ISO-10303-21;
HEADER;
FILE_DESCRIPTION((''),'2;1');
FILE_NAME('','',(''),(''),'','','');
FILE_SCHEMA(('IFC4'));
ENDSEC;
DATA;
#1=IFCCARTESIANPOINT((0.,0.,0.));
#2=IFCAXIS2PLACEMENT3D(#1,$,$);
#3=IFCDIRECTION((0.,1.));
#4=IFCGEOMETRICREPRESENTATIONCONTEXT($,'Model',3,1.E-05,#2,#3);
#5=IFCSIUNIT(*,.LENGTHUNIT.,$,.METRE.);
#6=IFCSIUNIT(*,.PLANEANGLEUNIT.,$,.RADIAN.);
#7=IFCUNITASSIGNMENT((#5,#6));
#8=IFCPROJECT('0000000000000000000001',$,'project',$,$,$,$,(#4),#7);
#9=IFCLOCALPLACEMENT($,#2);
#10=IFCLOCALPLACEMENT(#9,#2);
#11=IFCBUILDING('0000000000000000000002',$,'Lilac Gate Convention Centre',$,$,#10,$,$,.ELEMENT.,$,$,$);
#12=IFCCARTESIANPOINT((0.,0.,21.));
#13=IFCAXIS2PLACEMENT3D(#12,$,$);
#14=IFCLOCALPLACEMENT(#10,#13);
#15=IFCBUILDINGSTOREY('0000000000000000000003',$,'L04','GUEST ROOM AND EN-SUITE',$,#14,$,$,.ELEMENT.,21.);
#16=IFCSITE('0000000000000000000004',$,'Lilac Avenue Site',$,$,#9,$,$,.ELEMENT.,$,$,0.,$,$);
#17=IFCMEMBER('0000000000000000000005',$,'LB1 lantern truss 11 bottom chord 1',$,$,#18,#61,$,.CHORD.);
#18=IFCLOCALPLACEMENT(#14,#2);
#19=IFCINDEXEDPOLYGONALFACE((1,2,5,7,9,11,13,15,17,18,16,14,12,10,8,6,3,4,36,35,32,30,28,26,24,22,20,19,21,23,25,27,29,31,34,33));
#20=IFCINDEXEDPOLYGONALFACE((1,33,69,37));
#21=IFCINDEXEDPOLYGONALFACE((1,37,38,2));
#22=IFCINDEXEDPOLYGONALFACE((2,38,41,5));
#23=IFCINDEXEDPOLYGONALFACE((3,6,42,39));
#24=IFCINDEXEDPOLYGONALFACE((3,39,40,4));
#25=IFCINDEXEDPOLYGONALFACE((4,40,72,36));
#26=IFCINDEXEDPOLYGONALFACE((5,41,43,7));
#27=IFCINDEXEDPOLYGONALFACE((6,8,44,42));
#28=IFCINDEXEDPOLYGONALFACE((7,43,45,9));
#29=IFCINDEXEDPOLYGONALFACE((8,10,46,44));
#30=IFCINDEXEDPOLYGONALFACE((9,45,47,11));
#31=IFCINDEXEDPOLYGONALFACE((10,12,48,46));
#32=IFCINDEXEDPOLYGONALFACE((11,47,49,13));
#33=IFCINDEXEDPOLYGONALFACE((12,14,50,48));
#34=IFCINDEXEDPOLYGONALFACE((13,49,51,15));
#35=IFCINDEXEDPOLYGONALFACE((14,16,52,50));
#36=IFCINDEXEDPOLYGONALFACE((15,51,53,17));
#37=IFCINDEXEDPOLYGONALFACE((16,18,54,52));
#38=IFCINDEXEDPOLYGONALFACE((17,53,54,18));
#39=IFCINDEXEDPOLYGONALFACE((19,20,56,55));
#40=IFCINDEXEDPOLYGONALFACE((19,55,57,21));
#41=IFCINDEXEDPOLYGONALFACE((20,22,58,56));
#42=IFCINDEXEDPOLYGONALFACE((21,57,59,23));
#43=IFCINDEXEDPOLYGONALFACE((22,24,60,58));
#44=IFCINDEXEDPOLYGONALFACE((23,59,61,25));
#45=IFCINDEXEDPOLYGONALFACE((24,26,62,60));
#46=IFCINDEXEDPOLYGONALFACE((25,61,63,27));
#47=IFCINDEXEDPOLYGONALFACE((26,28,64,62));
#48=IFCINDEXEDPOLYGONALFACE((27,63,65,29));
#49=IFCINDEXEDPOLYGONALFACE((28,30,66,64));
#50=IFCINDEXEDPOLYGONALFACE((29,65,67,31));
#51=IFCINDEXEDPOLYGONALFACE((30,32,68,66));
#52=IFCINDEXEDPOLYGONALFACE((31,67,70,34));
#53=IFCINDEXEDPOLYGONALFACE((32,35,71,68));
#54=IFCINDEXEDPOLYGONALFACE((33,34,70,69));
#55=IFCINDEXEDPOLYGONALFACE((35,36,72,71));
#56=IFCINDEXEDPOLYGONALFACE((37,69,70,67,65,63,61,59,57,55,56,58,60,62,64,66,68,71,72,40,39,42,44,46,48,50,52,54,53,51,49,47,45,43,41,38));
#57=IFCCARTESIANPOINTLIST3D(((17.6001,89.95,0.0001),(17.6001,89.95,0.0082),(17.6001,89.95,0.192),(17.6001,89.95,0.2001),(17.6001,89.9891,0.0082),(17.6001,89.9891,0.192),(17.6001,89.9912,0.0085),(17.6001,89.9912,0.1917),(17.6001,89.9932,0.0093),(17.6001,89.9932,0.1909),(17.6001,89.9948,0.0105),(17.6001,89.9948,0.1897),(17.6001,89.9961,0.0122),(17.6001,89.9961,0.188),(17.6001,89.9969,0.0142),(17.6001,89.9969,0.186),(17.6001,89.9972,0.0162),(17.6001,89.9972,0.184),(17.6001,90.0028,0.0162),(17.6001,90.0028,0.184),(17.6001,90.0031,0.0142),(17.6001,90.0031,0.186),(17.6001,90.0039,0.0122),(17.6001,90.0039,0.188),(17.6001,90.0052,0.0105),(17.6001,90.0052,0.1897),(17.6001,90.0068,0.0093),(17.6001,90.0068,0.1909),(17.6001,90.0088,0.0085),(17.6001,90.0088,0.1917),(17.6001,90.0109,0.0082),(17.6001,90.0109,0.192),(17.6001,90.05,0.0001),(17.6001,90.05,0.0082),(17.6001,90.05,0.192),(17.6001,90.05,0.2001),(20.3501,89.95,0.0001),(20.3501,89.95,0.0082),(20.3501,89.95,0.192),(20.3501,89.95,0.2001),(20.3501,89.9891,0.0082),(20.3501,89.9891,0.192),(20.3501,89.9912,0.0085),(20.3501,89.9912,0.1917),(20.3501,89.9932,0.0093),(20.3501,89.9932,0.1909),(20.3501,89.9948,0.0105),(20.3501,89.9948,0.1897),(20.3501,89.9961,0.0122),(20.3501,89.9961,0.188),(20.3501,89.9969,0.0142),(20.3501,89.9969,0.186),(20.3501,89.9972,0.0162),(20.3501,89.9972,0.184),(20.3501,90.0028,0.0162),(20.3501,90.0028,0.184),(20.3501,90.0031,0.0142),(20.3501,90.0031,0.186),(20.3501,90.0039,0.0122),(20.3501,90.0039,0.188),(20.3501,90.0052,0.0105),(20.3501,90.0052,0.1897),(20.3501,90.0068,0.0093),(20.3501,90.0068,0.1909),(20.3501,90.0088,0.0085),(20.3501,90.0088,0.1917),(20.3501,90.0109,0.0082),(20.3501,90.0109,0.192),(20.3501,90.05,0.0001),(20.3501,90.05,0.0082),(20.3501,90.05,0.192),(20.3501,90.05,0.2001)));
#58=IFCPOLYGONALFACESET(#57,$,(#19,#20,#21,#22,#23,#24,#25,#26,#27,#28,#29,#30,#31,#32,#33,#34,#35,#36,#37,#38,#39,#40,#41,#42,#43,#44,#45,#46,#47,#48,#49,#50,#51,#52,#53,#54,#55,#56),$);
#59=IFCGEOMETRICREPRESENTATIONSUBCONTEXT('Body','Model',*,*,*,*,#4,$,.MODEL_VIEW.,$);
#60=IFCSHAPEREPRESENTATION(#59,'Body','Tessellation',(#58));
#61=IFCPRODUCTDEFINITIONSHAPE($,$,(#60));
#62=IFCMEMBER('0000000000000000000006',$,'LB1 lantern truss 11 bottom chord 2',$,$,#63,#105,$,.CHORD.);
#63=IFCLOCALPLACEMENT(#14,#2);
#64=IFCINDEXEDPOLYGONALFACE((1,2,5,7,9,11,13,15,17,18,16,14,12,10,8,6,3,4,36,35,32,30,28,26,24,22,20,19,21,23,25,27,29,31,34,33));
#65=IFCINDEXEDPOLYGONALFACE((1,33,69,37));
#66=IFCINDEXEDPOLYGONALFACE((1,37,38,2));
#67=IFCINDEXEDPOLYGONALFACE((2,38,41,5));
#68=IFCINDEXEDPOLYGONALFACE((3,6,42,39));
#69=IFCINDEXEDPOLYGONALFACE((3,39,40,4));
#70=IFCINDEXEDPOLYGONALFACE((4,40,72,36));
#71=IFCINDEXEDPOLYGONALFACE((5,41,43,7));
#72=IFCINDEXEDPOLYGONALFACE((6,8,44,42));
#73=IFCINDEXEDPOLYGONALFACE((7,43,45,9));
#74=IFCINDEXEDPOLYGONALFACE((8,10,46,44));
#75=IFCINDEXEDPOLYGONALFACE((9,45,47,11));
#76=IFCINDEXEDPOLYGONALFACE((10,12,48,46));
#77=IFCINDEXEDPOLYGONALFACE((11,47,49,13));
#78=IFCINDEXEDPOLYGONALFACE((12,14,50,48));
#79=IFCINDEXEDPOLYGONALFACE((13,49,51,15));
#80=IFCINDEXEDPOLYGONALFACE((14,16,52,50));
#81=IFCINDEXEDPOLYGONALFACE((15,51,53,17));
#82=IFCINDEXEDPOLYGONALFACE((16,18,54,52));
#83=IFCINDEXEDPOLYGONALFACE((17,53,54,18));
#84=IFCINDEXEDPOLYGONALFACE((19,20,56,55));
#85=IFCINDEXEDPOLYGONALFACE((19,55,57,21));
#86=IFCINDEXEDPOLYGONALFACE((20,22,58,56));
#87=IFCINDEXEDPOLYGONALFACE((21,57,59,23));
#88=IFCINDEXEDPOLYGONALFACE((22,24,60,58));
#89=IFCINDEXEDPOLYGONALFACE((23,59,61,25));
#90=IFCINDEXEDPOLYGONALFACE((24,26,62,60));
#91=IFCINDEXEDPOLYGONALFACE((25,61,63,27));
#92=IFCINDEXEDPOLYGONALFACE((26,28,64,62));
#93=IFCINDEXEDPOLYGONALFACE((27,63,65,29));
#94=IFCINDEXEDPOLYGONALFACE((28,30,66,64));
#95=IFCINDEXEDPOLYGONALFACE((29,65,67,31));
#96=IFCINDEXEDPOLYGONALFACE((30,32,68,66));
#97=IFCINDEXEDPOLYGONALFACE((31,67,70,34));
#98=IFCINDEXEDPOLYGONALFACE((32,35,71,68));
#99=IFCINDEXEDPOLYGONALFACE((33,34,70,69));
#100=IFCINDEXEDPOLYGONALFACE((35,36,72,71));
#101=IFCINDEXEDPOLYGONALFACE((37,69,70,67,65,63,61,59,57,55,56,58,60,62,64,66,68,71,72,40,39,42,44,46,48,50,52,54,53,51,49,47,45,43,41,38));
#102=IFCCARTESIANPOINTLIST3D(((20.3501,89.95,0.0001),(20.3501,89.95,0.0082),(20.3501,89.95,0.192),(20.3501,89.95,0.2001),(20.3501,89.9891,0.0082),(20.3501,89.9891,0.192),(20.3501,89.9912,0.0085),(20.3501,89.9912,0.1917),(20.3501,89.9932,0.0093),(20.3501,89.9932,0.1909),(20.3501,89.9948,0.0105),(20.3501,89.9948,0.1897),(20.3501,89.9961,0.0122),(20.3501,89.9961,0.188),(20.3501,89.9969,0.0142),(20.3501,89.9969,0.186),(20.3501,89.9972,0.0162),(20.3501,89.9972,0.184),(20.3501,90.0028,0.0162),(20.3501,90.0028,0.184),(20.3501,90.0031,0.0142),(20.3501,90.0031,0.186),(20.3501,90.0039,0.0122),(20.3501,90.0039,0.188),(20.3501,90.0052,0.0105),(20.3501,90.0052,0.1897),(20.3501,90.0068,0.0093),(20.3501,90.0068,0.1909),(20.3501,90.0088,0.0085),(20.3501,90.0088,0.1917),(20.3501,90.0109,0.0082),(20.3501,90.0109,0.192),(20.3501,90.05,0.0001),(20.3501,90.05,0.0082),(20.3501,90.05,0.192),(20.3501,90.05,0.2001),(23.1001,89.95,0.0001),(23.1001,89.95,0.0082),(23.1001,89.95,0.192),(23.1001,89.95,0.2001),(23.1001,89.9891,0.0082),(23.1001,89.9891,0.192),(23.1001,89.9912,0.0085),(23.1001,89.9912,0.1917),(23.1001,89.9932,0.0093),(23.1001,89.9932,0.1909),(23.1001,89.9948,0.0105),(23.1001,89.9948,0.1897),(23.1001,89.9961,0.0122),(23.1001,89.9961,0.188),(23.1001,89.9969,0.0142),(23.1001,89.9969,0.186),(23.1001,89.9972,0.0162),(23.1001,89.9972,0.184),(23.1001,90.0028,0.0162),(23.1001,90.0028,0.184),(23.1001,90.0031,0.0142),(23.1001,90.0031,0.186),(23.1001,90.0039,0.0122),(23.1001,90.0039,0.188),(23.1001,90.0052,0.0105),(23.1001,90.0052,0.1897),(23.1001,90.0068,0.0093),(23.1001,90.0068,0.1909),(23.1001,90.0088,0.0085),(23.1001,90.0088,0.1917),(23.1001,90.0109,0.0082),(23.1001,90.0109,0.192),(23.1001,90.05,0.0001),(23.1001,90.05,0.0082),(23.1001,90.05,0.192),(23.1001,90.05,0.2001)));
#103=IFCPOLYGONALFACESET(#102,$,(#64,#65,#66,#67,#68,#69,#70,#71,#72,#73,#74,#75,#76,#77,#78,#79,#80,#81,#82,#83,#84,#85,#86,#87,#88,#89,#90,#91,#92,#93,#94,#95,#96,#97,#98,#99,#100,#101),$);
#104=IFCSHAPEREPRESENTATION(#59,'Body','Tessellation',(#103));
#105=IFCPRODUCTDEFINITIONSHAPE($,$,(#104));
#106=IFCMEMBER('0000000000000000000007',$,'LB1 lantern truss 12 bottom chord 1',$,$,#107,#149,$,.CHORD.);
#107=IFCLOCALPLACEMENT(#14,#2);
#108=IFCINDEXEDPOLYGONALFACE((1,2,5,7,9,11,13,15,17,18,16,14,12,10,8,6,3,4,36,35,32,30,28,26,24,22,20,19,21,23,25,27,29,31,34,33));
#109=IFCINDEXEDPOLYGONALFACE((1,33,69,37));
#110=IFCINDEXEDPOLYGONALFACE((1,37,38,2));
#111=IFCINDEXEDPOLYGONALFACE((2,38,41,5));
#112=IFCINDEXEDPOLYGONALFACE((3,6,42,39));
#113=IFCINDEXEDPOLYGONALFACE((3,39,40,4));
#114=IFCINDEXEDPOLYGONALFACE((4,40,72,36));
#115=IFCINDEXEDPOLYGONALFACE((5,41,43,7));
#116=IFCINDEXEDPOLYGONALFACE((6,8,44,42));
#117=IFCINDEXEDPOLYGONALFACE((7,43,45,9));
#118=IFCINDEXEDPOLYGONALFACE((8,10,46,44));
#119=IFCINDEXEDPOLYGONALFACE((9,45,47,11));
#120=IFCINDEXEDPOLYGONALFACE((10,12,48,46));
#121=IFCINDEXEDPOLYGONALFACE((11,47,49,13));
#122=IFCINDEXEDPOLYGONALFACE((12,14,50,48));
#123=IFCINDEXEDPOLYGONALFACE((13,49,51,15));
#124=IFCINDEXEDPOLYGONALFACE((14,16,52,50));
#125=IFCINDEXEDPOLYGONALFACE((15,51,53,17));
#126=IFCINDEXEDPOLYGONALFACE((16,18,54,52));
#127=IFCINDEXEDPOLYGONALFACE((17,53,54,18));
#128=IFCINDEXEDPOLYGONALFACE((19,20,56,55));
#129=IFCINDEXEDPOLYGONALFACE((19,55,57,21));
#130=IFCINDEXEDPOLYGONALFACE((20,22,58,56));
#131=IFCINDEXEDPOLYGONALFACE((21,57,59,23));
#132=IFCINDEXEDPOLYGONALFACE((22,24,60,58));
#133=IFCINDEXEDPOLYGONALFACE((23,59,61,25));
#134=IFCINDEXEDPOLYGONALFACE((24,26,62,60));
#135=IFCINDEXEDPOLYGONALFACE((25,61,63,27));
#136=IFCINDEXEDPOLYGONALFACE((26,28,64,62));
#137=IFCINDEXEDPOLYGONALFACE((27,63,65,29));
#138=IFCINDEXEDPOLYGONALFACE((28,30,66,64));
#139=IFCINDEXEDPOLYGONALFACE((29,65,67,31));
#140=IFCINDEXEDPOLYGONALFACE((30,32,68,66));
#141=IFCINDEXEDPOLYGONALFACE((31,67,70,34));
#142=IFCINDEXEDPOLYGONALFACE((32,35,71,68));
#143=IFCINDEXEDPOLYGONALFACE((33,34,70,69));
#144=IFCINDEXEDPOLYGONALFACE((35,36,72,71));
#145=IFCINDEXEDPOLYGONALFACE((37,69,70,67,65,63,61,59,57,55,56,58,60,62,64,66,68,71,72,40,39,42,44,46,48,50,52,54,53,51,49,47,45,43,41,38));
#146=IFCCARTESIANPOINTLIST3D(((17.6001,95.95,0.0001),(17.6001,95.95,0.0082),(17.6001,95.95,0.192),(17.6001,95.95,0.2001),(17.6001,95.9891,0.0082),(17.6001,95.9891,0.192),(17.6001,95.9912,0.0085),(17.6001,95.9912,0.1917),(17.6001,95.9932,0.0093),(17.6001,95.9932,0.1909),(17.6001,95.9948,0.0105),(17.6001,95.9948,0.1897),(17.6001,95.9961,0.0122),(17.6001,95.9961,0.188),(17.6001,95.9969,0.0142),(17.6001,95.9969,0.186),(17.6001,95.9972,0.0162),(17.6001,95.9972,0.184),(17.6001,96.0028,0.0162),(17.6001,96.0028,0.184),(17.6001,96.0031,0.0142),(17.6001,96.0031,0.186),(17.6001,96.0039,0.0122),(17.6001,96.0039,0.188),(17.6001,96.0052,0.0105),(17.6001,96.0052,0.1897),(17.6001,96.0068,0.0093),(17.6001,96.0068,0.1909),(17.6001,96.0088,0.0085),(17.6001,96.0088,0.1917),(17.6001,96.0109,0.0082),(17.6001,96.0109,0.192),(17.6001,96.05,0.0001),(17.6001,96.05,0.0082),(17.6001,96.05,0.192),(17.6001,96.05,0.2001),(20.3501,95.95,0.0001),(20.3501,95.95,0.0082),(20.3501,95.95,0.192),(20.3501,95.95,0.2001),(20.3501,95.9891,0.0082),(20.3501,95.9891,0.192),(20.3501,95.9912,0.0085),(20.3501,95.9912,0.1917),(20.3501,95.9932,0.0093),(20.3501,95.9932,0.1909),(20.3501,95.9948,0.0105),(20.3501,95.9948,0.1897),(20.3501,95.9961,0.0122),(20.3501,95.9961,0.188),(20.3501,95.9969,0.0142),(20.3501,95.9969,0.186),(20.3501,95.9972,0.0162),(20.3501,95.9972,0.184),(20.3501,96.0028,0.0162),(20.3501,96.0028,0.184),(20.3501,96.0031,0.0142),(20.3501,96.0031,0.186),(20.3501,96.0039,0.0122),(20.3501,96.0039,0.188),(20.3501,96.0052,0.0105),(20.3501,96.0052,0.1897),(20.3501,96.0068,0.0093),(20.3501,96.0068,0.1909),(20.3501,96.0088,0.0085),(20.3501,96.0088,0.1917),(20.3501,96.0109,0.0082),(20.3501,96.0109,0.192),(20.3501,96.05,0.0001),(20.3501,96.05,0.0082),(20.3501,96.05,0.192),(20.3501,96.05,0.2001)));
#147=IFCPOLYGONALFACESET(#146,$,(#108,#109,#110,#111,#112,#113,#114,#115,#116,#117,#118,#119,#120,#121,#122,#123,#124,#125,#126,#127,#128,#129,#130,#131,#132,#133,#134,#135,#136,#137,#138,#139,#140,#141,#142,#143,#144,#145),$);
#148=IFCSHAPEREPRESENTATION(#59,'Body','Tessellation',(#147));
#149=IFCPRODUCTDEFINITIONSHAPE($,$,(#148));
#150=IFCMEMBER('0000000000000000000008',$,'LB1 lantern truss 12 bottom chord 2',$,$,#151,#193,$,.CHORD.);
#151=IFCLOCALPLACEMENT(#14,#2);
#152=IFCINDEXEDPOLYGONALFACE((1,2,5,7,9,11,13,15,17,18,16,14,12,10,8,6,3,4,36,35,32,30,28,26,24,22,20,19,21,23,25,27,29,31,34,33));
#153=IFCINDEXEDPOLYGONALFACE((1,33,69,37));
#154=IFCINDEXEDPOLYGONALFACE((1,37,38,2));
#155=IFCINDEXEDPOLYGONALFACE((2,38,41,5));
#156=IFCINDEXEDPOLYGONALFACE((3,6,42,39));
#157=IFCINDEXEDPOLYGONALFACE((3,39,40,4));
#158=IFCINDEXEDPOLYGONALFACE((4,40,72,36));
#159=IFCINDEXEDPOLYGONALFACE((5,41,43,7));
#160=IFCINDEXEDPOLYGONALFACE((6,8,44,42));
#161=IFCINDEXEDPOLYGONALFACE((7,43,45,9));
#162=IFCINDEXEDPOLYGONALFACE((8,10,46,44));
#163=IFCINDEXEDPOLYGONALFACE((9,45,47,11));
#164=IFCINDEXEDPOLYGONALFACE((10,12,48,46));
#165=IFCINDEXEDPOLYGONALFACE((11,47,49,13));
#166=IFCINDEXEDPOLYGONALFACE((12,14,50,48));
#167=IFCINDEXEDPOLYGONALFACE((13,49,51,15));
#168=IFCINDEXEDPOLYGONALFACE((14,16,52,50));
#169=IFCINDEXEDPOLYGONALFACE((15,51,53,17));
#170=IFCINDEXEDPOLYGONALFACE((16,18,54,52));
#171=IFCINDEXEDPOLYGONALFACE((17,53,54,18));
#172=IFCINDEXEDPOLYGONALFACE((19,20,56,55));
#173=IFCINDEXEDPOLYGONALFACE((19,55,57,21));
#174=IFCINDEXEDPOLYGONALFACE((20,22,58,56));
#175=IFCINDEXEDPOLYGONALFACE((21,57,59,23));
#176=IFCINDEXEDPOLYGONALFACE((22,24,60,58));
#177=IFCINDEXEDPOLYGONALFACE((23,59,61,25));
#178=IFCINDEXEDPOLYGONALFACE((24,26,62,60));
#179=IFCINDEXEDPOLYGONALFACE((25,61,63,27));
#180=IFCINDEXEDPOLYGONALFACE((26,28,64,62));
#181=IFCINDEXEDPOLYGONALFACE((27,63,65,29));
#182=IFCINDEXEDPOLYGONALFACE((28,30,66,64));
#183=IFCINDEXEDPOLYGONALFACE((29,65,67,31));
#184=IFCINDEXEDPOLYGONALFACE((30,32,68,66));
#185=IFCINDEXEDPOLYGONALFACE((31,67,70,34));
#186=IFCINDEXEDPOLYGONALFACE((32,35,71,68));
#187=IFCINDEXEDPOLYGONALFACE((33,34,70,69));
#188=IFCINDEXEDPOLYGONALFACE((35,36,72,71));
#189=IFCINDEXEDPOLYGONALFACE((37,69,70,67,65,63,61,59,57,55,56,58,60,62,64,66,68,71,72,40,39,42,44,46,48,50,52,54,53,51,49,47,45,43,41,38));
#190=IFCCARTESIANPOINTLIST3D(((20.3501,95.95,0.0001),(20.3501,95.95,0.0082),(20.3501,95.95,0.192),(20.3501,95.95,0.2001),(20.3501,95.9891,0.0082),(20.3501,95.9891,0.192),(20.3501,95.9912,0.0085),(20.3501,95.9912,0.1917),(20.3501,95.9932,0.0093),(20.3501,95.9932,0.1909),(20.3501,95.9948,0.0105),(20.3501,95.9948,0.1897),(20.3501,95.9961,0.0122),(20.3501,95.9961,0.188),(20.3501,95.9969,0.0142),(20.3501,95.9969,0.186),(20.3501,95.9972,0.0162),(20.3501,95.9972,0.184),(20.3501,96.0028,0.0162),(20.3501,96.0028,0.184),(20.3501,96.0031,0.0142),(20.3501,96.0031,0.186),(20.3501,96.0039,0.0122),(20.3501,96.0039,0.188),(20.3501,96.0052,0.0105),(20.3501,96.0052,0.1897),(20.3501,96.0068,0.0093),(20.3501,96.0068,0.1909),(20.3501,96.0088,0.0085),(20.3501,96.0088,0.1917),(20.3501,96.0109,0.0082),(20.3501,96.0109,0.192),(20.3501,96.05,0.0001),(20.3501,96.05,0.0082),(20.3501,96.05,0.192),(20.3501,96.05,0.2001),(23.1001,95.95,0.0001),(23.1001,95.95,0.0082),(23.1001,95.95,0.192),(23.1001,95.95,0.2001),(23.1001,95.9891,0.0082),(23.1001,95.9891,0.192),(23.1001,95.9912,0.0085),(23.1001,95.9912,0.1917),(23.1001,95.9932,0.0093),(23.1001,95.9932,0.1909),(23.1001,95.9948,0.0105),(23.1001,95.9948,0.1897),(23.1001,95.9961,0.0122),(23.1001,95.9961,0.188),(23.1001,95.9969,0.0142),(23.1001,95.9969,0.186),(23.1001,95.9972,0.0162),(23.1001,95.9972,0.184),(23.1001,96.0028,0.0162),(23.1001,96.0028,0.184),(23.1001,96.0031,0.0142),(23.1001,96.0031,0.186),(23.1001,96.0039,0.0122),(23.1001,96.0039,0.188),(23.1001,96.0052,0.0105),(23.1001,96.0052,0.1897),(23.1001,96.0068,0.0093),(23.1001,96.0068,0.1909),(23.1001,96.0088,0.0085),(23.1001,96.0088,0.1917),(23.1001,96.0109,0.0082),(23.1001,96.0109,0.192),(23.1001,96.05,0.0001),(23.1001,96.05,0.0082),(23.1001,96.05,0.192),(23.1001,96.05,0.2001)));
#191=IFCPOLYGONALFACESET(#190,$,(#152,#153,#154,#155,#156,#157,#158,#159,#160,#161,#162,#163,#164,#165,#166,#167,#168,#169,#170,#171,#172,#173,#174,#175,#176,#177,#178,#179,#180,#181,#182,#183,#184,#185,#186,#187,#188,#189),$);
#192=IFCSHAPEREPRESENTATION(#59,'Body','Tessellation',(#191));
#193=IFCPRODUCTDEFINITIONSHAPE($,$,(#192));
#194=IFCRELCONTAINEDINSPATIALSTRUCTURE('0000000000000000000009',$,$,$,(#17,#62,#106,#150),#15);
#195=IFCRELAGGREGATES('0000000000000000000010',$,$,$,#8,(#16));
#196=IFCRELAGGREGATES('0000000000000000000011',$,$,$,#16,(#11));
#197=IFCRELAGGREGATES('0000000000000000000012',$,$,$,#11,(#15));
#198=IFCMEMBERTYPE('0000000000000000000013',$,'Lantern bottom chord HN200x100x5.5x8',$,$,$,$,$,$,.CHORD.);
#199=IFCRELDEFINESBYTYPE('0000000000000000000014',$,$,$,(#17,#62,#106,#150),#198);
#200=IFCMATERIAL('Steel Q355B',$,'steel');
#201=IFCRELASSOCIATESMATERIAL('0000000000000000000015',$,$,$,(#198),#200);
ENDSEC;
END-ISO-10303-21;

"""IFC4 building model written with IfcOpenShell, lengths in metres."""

from ifc_helpers import new_model, si_unit, direction, frame, origin, origin_2d, place, context, subcontext, project, spatial, i_section, extrude, material, material_profile, profile_set, type_object, element, save


model = new_model("IFC4")

# Units and contexts
model_context = context("Model", 3, precision=1e-05, world=origin(), true_north=direction((0.0, 1.0)))
body_context = subcontext(model_context, "Body", "Model", "MODEL_VIEW")
ifc_project = project(units=[si_unit("LENGTHUNIT", "METRE"), si_unit("PLANEANGLEUNIT", "RADIAN")], contexts=[model_context])

# Site, building, storey
site_placement = place(None, origin())
site = spatial("IfcSite", under=ifc_project, at=site_placement, Name="Lilac Avenue Site", CompositionType="ELEMENT", RefElevation=0.0)
building_placement = place(site_placement, origin())
building = spatial("IfcBuilding", under=site, at=building_placement, Name="Lilac Gate Convention Centre", CompositionType="ELEMENT")
storey_placement = place(building_placement, frame((0.0, 0.0, 21.0)))
storey = spatial("IfcBuildingStorey", under=building, at=storey_placement, Name="L04", Description="GUEST ROOM AND EN-SUITE", CompositionType="ELEMENT", Elevation=21.0)

# Members
ifc_material_1 = material(Name="Steel Q355B", Category="steel")
ifc_material_profile_1 = material_profile(ifc_material_1, i_section(OverallWidth=0.1001, OverallDepth=0.2, WebThickness=0.0056, FlangeThickness=0.0081, FilletRadius=0.0081, at=origin_2d()), Name="HN200x100x5.5x8")
ifc_profile_set_1 = profile_set([ifc_material_profile_1], Name="Steel Q355B")
member_type_1 = type_object("IfcMemberType", Name="Lantern bottom chord HN200x100x5.5x8", PredefinedType="CHORD", material=ifc_profile_set_1)
for number, where, z_axis, x_axis, name in (
    (1, (17.6001, 90.0, 0.1001), (1.0, 0.0, 0.0), (0.0, 1.0, 0.0), "LB1 lantern truss 11 bottom chord 1"),
    (2, (20.3501, 90.0, 0.1001), (1.0, 0.0, 0.0), (0.0, 1.0, 0.0), "LB1 lantern truss 11 bottom chord 2"),
    (3, (17.6001, 96.0, 0.1001), (1.0, 0.0, 0.0), (0.0, 1.0, 0.0), "LB1 lantern truss 12 bottom chord 1"),
    (4, (20.3501, 96.0, 0.1001), (1.0, 0.0, 0.0), (0.0, 1.0, 0.0), "LB1 lantern truss 12 bottom chord 2"),
):
    element("IfcMember", number, at=place(storey_placement, frame(where, z_axis=z_axis, x_axis=x_axis)), inside=storey, type_object=member_type_1, Name=name, PredefinedType="CHORD", context=body_context, shape_type="SweptSolid", body=[
        extrude(i_section(OverallWidth=0.1001, OverallDepth=0.2, WebThickness=0.0056, FlangeThickness=0.0081, FilletRadius=0.0081, at=origin_2d()), origin(), (0.0, 0.0, 1.0), 2.75),
    ])

save(model, "model.ifc")
